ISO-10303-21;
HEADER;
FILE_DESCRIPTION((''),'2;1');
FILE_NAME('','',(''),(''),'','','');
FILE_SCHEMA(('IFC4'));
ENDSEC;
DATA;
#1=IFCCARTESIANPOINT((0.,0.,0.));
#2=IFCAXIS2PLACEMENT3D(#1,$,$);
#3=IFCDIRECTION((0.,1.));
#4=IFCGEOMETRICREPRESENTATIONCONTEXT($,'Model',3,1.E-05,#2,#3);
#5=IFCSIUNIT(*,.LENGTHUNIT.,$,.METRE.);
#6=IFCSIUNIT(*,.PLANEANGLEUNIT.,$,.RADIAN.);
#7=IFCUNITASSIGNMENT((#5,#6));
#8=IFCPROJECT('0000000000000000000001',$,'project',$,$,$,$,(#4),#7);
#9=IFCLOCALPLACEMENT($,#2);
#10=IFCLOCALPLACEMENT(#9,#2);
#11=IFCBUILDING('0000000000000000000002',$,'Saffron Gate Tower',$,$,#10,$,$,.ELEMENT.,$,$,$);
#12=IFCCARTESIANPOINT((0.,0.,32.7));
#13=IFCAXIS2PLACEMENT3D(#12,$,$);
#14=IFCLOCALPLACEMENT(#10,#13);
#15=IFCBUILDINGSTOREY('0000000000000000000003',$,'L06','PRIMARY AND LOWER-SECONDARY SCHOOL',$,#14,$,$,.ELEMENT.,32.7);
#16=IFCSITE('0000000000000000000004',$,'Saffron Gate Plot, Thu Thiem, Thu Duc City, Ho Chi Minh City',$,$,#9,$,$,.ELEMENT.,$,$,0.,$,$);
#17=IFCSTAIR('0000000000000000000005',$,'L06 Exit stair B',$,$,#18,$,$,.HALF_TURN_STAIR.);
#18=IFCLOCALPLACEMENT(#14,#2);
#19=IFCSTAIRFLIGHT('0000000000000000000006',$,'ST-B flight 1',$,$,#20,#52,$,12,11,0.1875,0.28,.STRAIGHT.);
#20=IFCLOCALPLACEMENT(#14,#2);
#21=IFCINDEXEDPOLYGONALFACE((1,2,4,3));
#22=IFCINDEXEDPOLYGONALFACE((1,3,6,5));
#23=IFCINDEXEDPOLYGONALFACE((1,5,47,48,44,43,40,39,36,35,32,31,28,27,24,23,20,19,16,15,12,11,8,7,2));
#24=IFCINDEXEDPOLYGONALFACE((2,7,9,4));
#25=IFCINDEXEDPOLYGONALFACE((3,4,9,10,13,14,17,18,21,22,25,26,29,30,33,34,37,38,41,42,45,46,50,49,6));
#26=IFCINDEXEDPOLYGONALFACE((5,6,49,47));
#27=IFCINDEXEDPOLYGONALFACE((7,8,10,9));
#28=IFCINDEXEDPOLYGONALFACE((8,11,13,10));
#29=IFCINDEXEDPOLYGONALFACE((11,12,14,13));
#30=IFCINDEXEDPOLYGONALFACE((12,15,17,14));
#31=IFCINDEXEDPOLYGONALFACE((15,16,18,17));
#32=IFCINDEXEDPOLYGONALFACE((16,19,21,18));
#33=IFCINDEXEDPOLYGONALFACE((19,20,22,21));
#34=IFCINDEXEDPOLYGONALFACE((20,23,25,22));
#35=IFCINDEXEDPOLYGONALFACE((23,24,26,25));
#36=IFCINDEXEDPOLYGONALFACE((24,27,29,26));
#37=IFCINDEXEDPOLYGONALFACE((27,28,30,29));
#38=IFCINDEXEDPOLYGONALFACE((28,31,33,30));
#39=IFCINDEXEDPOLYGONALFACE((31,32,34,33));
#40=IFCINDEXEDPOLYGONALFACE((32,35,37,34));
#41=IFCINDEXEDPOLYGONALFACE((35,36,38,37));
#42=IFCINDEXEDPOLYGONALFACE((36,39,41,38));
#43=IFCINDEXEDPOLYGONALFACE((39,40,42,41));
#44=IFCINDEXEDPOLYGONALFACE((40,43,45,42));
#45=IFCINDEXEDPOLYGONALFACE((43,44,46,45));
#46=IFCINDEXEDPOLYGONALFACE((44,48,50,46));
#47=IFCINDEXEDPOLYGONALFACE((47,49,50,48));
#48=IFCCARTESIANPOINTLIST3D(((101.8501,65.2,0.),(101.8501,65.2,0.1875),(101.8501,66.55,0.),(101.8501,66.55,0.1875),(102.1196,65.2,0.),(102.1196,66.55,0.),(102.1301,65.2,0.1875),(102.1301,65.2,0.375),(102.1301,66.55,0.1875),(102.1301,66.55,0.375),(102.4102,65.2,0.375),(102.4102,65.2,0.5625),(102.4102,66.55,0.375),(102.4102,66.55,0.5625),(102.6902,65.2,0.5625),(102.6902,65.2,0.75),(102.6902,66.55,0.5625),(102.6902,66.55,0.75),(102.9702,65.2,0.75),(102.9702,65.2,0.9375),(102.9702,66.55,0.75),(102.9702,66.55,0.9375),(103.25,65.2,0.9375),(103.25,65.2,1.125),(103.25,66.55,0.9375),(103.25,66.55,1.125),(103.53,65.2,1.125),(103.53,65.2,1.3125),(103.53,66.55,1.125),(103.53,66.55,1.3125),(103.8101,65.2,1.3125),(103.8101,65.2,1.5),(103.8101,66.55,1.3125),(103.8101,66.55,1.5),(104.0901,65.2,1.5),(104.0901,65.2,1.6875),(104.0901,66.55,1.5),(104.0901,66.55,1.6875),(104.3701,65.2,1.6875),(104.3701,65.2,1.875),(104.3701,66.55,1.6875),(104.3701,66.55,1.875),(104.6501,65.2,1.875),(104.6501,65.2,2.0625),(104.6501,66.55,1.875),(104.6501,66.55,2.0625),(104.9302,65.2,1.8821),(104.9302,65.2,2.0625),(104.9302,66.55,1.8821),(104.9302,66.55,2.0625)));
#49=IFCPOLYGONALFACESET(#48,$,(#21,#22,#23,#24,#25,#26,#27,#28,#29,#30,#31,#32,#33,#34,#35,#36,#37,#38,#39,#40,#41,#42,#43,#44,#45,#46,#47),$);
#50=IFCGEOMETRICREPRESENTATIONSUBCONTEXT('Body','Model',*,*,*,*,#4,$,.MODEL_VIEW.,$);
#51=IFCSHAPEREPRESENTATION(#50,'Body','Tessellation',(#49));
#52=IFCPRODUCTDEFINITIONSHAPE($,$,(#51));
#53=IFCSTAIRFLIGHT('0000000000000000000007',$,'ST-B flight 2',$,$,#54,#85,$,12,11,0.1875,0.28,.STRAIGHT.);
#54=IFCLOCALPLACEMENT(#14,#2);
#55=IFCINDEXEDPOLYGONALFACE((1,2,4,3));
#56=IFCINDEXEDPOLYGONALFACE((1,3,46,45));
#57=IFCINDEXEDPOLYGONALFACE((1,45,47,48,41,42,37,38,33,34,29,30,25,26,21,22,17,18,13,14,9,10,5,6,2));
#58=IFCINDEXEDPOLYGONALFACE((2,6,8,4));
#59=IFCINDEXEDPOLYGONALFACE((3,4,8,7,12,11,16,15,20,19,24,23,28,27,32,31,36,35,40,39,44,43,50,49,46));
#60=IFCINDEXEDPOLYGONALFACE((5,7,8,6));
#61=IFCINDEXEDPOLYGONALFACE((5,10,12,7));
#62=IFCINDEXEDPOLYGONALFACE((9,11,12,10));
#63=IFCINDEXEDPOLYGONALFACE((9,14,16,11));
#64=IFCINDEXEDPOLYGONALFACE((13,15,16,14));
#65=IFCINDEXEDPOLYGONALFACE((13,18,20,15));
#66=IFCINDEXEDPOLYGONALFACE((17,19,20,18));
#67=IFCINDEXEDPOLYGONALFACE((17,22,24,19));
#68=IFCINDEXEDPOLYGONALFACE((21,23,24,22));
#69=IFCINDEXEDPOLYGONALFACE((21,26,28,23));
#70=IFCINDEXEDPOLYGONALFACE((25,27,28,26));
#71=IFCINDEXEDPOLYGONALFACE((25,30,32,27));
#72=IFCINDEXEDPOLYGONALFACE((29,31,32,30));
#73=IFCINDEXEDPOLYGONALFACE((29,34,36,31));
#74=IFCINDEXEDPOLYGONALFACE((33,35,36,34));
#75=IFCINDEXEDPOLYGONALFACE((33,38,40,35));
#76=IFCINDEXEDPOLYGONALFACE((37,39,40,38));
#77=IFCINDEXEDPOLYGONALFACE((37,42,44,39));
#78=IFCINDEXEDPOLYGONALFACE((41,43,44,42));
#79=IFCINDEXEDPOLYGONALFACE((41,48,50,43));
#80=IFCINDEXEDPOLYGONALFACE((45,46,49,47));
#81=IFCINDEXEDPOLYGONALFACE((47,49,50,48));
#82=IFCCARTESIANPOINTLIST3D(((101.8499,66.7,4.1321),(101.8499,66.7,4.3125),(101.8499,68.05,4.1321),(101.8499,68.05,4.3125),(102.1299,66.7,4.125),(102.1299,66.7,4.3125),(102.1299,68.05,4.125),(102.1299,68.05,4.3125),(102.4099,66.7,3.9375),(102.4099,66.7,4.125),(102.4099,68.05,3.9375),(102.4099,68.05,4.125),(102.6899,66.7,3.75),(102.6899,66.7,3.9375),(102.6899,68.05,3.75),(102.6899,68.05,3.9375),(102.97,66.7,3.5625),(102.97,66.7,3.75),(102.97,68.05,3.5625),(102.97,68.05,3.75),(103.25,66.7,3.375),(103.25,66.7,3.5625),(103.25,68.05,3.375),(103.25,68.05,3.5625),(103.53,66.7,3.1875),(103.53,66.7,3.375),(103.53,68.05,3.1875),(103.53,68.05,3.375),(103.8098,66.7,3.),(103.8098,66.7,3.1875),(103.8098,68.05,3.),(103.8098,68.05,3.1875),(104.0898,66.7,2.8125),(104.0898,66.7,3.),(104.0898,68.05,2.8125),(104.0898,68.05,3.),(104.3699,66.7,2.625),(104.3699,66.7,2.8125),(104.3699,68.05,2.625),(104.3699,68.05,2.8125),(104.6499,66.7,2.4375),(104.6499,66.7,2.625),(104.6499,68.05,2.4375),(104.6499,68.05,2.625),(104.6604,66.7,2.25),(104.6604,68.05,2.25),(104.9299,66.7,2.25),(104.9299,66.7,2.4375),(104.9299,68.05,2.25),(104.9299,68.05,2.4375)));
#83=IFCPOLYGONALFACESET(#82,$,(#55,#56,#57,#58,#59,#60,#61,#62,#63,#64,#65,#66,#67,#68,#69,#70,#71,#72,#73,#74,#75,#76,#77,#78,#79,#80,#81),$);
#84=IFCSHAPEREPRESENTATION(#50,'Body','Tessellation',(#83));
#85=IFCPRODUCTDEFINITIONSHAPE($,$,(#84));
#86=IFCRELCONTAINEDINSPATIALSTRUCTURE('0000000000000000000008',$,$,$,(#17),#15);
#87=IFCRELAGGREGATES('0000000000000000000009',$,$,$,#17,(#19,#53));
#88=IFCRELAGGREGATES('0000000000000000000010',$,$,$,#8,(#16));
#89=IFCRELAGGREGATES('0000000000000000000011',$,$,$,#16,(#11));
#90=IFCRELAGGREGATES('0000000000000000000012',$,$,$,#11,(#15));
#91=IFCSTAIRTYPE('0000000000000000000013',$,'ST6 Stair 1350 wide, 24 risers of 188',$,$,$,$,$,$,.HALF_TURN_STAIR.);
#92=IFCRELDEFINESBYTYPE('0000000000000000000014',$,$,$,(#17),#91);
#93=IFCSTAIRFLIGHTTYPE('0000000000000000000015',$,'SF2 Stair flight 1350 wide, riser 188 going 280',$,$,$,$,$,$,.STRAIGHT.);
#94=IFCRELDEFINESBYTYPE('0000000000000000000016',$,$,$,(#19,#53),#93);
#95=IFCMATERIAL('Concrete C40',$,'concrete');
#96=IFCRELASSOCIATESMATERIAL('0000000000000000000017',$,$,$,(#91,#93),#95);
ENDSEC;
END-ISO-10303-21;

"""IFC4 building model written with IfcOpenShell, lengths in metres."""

from ifc_helpers import new_model, si_unit, direction, frame, origin, place, context, subcontext, project, spatial, polyline, outline, extrude, material, type_object, element, aggregate, save


model = new_model("IFC4")

# Units and contexts
model_context = context("Model", 3, precision=1e-05, world=origin(), true_north=direction((0.0, 1.0)))
body_context = subcontext(model_context, "Body", "Model", "MODEL_VIEW")
ifc_project = project(units=[si_unit("LENGTHUNIT", "METRE"), si_unit("PLANEANGLEUNIT", "RADIAN")], contexts=[model_context])

# Site, building, storey
site_placement = place(None, origin())
site = spatial("IfcSite", under=ifc_project, at=site_placement, Name="Saffron Gate Plot, Thu Thiem, Thu Duc City, Ho Chi Minh City", CompositionType="ELEMENT", RefElevation=0.0)
building_placement = place(site_placement, origin())
building = spatial("IfcBuilding", under=site, at=building_placement, Name="Saffron Gate Tower", CompositionType="ELEMENT")
storey_placement = place(building_placement, frame((0.0, 0.0, 32.7)))
storey = spatial("IfcBuildingStorey", under=building, at=storey_placement, Name="L06", Description="PRIMARY AND LOWER-SECONDARY SCHOOL", CompositionType="ELEMENT", Elevation=32.7)

# Stair, stair flights
ifc_material_1 = material(Name="Concrete C40", Category="concrete")
stair_type = type_object("IfcStairType", Name="ST6 Stair 1350 wide, 24 risers of 188", PredefinedType="HALF_TURN_STAIR", material=ifc_material_1)
stair_placement = place(storey_placement, origin())
stair = element("IfcStair", 1, at=stair_placement, inside=storey, type_object=stair_type, Name="L06 Exit stair B", PredefinedType="HALF_TURN_STAIR")
stair_flight_type = type_object("IfcStairFlightType", Name="SF2 Stair flight 1350 wide, riser 188 going 280", PredefinedType="STRAIGHT", material=ifc_material_1)
stair_flight_1_placement = place(storey_placement, frame((101.8501, 65.875, 0.0), z_axis=(0.0, 0.0, 1.0), x_axis=(1.0, 0.0, 0.0)))
stair_flight_1 = element("IfcStairFlight", 2, at=stair_flight_1_placement, type_object=stair_flight_type, Name="ST-B flight 1", NumberOfRisers=12, NumberOfTreads=11, PredefinedType="STRAIGHT", RiserHeight=0.1875, TreadLength=0.28, context=body_context, shape_type="SweptSolid", body=[
    extrude(outline(polyline([(0.0, 0.0), (0.0, 0.1875), (0.28, 0.1875), (0.28, 0.375), (0.5601, 0.375), (0.5601, 0.5625), (0.8401, 0.5625), (0.8401, 0.75), (1.1201, 0.75), (1.1201, 0.9375), (1.3999, 0.9375), (1.3999, 1.125), (1.6799, 1.125), (1.6799, 1.3125), (1.96, 1.3125), (1.96, 1.5), (2.24, 1.5), (2.24, 1.6875), (2.52, 1.6875), (2.52, 1.875), (2.8, 1.875), (2.8, 2.0625), (3.0801, 2.0625), (3.0801, 2.25), (3.0801, 1.8821), (0.2695, 0.0), (0.0, 0.0)])), frame((0.0, 0.675, 0.0), z_axis=(0.0, -1.0, 0.0), x_axis=(1.0, 0.0, 0.0)), (0.0, 0.0, 1.0), 1.3501),
])
stair_flight_2_placement = place(storey_placement, frame((104.9299, 67.375, 2.25), z_axis=(0.0, 0.0, 1.0), x_axis=(-1.0, 0.0, 0.0)))
stair_flight_2 = element("IfcStairFlight", 3, at=stair_flight_2_placement, type_object=stair_flight_type, Name="ST-B flight 2", NumberOfRisers=12, NumberOfTreads=11, PredefinedType="STRAIGHT", RiserHeight=0.1875, TreadLength=0.28, context=body_context, shape_type="SweptSolid", body=[
    extrude(outline(polyline([(0.0, 0.0), (0.0, 0.1875), (0.28, 0.1875), (0.28, 0.375), (0.5601, 0.375), (0.5601, 0.5625), (0.8401, 0.5625), (0.8401, 0.75), (1.1201, 0.75), (1.1201, 0.9375), (1.3999, 0.9375), (1.3999, 1.125), (1.6799, 1.125), (1.6799, 1.3125), (1.96, 1.3125), (1.96, 1.5), (2.24, 1.5), (2.24, 1.6875), (2.52, 1.6875), (2.52, 1.875), (2.8, 1.875), (2.8, 2.0625), (3.0801, 2.0625), (3.0801, 2.25), (3.0801, 1.8821), (0.2695, 0.0), (0.0, 0.0)])), frame((0.0, 0.675, 0.0), z_axis=(0.0, -1.0, 0.0), x_axis=(1.0, 0.0, 0.0)), (0.0, 0.0, 1.0), 1.3501),
])
aggregate(stair, [stair_flight_1, stair_flight_2])

save(model, "model.ifc")
